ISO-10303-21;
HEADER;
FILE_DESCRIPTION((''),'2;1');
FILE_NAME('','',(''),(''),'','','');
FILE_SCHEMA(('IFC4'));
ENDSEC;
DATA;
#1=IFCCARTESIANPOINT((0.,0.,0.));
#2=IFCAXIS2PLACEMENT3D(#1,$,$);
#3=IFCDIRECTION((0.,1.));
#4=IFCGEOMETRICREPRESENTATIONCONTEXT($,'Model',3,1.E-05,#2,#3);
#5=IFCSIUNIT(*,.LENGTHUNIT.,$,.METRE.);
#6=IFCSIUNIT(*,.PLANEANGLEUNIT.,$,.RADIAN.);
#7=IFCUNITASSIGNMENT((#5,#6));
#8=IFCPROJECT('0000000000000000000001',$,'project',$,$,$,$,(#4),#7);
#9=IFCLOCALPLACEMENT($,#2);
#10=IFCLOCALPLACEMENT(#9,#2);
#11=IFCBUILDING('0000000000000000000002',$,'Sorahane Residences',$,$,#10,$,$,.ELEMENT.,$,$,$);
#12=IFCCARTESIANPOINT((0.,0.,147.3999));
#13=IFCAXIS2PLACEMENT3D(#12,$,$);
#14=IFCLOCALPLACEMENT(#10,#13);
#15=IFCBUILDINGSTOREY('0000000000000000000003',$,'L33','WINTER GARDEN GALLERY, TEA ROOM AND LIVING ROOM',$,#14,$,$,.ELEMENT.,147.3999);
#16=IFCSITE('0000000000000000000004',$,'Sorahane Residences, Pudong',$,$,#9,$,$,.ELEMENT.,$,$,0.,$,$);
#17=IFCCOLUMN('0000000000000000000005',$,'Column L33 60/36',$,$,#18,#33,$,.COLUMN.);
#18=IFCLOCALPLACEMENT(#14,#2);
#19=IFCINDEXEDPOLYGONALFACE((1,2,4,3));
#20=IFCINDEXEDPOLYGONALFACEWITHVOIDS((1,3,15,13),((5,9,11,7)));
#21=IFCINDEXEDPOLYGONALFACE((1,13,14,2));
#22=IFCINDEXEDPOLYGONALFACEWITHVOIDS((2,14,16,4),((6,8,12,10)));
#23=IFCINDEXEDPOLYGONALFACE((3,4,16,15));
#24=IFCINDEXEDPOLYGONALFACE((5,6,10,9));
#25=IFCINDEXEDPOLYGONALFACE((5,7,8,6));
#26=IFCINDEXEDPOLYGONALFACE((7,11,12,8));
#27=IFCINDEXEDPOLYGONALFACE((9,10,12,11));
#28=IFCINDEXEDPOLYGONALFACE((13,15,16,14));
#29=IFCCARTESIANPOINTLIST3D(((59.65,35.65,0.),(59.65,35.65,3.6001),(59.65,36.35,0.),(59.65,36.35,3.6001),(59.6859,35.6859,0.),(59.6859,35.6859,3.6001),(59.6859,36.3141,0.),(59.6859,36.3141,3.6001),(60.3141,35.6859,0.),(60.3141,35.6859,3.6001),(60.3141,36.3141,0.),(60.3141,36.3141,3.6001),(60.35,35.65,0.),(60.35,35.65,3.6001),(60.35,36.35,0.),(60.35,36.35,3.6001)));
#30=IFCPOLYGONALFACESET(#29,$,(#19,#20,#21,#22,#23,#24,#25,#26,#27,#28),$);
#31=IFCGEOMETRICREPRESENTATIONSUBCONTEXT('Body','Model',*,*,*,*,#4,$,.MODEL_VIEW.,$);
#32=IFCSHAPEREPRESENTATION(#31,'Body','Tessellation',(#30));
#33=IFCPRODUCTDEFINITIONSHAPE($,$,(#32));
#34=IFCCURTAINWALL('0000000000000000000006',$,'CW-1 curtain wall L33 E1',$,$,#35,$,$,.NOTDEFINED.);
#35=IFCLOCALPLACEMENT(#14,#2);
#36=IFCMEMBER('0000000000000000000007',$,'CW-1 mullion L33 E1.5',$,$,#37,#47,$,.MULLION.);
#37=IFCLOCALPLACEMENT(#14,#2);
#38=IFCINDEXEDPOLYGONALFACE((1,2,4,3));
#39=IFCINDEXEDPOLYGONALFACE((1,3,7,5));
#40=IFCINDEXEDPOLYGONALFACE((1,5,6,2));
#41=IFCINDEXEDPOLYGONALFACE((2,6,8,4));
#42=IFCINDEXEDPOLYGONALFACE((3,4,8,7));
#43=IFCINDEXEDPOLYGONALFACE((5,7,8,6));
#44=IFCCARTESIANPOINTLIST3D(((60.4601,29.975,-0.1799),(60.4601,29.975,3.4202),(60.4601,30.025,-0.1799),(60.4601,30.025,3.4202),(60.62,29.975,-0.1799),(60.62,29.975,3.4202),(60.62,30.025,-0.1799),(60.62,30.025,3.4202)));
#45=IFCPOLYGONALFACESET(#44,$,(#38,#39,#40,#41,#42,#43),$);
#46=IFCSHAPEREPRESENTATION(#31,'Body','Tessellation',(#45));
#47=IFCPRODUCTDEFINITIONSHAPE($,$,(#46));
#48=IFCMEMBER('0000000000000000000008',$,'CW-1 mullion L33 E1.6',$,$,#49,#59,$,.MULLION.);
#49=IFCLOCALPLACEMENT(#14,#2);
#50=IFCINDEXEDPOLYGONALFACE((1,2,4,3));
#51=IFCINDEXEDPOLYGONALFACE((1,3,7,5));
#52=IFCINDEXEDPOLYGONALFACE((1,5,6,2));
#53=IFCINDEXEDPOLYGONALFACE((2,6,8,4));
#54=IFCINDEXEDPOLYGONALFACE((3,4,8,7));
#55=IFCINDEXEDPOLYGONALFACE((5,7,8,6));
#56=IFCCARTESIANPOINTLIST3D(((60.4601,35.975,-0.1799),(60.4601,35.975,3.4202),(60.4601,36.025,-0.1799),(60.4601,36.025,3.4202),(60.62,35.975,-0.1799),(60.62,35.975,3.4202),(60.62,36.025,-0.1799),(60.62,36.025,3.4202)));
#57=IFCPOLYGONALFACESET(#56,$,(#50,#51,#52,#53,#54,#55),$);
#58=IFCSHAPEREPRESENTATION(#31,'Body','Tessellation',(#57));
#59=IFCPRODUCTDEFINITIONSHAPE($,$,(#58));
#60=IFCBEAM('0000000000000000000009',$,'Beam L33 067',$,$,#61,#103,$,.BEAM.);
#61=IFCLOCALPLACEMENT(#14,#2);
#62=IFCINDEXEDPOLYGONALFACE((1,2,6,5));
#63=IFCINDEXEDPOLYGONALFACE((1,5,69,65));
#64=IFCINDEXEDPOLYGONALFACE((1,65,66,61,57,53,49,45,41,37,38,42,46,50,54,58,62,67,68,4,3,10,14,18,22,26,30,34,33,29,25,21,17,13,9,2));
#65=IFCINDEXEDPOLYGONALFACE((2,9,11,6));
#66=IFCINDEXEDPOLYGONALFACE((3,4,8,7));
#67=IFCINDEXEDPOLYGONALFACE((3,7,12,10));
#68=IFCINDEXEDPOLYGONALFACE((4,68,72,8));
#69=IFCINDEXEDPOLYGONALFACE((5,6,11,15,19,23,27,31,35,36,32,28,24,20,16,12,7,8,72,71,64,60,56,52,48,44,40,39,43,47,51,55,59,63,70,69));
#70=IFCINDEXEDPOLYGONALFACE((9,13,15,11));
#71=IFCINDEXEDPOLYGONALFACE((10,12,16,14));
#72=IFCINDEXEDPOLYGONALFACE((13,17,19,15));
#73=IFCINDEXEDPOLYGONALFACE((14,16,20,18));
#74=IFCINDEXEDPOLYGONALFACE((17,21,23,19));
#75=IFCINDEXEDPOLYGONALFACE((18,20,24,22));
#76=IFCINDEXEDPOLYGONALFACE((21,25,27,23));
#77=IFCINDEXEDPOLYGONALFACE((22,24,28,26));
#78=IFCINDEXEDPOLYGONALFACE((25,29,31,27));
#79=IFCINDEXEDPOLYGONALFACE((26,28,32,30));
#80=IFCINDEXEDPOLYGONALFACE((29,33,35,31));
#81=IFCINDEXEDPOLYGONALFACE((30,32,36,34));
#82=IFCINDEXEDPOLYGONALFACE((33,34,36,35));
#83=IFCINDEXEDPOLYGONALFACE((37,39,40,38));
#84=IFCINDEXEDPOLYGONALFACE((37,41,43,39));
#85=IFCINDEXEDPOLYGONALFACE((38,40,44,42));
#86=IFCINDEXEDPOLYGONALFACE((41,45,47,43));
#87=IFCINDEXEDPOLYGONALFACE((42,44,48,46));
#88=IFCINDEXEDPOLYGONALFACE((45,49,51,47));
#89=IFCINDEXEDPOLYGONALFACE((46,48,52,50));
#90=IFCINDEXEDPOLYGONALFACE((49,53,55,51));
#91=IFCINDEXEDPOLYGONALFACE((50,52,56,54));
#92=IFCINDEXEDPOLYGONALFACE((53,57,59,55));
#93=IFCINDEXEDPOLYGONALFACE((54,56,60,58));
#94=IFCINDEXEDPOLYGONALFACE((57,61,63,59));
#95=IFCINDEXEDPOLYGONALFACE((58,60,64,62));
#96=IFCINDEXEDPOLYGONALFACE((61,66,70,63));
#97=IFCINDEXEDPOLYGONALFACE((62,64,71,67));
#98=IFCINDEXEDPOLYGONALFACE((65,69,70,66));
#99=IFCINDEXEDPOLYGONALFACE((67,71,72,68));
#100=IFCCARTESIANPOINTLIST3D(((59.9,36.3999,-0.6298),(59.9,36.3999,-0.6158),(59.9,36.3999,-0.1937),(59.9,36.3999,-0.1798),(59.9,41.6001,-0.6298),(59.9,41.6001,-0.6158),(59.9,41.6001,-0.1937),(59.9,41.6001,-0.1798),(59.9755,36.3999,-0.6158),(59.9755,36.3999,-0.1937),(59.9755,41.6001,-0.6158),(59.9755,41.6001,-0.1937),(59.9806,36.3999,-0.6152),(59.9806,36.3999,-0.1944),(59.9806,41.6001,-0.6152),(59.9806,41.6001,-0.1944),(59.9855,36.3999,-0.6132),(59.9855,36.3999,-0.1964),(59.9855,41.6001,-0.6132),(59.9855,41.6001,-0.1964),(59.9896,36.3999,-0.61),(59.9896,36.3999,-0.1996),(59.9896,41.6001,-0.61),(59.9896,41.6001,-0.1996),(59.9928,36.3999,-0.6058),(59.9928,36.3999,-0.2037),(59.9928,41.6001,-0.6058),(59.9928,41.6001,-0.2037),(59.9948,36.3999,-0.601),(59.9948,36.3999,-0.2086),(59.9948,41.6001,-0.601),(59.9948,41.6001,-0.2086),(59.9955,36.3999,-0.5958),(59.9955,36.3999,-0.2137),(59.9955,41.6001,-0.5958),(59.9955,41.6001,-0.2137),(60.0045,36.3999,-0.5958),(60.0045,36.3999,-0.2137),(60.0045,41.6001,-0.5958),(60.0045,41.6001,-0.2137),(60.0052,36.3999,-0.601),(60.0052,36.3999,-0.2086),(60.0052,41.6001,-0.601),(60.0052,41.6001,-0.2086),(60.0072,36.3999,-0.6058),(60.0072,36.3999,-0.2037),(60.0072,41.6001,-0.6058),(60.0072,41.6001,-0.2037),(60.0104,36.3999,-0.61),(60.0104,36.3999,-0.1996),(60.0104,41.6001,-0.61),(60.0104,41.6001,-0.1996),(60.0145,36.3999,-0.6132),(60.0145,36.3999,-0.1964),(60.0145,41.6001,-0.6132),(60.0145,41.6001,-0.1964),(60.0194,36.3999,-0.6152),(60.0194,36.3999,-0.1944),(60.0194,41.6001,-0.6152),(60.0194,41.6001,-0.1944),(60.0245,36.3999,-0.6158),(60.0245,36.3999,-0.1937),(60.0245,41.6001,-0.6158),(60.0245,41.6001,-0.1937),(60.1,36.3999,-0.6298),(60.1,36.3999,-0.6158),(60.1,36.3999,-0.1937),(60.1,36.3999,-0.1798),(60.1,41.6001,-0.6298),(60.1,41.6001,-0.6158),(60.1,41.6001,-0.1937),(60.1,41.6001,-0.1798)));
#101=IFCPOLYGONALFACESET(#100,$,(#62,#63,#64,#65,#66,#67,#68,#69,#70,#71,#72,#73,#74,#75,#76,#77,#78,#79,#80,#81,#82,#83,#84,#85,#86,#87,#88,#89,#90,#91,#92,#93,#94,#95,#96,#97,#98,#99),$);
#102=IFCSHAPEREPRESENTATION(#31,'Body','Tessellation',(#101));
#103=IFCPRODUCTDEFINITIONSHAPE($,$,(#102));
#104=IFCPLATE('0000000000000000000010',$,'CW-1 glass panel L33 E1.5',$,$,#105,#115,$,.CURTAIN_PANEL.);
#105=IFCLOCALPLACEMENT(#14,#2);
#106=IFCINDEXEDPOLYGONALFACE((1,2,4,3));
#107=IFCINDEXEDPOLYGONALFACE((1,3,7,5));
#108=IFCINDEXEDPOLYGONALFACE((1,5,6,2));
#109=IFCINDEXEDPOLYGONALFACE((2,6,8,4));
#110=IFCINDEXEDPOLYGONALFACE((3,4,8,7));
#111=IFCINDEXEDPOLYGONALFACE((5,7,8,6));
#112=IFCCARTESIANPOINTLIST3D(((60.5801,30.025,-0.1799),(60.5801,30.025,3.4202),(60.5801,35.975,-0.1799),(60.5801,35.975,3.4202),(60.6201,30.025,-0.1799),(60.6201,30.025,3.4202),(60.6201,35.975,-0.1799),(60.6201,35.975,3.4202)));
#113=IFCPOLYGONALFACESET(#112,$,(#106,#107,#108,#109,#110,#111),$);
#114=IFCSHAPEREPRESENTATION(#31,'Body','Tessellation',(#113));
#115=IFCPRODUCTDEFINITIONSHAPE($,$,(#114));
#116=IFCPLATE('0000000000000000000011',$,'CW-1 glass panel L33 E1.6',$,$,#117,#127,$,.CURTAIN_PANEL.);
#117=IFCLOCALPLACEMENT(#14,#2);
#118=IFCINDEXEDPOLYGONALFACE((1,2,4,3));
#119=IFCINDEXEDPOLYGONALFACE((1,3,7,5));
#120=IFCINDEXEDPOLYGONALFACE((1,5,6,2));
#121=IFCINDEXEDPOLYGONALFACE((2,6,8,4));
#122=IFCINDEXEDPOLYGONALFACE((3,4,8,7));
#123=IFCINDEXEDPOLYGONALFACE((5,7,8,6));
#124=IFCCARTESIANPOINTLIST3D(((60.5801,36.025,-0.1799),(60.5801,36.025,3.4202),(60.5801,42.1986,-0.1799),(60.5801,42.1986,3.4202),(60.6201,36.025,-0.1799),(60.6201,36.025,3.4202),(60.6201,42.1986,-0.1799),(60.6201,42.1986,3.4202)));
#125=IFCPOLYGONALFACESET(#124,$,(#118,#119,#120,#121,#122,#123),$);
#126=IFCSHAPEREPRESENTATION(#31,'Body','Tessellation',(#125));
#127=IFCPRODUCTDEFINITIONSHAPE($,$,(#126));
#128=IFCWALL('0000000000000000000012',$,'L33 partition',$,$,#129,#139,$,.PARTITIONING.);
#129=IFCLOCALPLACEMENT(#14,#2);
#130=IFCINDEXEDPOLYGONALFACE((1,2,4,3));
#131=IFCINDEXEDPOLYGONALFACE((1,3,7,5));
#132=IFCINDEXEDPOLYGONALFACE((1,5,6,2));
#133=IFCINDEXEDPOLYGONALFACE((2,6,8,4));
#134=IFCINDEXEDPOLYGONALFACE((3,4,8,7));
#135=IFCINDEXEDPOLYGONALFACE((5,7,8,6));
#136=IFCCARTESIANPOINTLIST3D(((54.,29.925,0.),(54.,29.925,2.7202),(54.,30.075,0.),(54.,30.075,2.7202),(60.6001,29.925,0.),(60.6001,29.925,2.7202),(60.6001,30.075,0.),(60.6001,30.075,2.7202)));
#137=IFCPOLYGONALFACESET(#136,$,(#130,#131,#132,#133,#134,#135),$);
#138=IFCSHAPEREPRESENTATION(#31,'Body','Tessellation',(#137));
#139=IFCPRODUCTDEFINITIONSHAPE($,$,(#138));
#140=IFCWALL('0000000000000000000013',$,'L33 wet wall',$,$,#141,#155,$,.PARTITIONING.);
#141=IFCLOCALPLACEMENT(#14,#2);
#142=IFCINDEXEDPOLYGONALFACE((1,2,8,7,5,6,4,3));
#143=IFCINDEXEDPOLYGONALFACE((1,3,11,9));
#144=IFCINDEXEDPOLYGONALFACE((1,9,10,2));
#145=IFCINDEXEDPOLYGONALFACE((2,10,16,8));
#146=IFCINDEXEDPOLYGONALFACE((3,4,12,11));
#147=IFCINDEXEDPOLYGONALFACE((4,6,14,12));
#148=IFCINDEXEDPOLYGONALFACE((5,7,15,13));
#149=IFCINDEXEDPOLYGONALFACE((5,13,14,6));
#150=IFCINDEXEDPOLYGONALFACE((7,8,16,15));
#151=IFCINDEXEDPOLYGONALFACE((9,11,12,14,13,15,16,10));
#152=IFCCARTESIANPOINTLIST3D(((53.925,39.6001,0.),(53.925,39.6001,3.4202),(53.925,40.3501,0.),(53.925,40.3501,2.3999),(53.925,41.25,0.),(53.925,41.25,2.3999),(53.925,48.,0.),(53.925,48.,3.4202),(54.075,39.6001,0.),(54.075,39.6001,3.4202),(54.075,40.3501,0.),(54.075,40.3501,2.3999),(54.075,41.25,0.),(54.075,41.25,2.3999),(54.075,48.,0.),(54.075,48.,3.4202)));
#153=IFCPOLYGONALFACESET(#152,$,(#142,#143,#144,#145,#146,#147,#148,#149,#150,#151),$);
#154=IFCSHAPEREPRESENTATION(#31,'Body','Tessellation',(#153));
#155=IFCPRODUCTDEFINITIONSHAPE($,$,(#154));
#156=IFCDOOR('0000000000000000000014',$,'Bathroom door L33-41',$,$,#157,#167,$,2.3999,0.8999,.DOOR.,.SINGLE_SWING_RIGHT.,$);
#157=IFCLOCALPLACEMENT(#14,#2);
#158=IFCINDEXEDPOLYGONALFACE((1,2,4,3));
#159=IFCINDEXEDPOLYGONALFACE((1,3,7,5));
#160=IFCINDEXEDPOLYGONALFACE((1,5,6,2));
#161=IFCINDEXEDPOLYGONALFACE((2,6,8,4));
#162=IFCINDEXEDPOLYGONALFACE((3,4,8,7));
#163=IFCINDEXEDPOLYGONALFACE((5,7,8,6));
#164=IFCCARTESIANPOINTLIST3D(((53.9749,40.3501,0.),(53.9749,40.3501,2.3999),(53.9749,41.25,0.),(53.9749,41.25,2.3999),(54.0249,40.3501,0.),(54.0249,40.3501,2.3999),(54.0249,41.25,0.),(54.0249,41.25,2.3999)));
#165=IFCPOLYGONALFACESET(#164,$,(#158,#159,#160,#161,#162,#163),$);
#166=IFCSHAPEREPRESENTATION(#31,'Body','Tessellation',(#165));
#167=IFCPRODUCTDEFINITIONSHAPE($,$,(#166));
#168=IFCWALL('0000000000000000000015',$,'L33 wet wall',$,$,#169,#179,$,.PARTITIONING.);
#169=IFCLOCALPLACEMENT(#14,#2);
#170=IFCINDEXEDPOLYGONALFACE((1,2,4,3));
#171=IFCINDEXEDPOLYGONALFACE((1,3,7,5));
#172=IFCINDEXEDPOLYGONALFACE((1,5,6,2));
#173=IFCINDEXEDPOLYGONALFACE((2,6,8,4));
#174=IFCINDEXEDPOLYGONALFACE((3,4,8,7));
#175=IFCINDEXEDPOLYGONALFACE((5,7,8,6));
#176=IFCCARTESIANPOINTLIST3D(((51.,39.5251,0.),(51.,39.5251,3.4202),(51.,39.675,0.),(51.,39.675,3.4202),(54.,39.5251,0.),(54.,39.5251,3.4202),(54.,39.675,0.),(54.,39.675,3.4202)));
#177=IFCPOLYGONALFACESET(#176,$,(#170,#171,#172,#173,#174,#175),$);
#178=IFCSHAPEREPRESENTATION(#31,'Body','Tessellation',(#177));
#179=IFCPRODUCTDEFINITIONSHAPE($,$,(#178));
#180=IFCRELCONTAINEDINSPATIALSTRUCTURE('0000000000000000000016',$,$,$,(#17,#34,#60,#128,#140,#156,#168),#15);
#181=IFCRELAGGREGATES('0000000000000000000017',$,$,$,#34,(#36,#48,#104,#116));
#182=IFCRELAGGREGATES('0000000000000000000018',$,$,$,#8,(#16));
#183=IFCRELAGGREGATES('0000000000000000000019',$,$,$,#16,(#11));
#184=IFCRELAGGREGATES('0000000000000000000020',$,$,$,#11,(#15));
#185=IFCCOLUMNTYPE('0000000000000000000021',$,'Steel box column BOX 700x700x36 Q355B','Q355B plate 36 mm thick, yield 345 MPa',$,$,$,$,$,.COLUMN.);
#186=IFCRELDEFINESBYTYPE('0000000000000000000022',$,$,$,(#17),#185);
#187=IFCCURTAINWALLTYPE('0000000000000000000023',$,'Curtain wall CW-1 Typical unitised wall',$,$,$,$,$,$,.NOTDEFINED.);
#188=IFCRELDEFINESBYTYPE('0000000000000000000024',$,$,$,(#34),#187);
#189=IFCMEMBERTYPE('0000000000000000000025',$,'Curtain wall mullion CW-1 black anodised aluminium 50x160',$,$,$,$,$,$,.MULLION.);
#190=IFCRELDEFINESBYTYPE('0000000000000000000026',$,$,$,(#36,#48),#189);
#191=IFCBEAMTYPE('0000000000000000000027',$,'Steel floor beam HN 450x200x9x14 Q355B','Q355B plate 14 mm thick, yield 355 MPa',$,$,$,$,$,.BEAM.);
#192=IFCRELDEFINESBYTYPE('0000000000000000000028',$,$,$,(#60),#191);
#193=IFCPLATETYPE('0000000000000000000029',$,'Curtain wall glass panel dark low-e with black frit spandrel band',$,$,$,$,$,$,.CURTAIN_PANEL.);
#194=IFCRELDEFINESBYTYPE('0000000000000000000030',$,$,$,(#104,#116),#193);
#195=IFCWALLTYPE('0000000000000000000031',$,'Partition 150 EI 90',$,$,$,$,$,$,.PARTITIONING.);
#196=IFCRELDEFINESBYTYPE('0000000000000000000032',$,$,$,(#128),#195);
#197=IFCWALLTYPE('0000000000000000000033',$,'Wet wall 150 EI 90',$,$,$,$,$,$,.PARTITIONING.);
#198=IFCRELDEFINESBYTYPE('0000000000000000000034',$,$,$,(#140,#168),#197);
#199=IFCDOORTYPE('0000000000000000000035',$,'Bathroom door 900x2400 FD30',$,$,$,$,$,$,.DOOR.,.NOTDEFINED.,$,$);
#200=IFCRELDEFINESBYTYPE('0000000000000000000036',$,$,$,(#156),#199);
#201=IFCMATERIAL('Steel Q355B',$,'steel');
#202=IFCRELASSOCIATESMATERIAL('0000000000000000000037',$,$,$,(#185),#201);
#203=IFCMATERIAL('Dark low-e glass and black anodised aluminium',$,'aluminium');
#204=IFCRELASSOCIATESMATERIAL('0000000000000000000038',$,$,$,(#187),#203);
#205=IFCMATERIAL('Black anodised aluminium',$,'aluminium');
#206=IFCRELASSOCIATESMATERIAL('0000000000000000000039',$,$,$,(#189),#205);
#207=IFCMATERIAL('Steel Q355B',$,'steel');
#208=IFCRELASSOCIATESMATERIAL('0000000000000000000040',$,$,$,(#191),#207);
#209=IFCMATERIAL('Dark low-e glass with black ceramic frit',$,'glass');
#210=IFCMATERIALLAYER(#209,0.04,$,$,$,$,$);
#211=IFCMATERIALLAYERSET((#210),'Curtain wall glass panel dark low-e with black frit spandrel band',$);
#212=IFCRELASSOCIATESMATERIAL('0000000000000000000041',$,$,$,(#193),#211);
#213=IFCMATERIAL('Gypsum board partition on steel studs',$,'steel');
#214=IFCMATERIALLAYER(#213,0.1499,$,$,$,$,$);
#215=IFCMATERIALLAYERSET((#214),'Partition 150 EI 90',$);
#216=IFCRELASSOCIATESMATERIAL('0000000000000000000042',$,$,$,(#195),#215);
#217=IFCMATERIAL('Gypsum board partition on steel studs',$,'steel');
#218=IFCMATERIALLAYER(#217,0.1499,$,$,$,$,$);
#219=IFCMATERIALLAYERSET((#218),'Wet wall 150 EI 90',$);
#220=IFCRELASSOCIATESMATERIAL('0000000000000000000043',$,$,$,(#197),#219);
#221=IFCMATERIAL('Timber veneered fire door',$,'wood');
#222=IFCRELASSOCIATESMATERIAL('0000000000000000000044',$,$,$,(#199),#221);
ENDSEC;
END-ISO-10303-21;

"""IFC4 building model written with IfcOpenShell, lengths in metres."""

from ifc_helpers import new_model, si_unit, direction, frame, frame_2d, origin, origin_2d, place, context, subcontext, project, spatial, rectangle, hollow_rectangle, i_section, extrude, material, layer, layer_set, material_profile, profile_set, type_object, element, fill, aggregate, save


model = new_model("IFC4")

# Units and contexts
model_context = context("Model", 3, precision=1e-05, world=origin(), true_north=direction((0.0, 1.0)))
body_context = subcontext(model_context, "Body", "Model", "MODEL_VIEW")
ifc_project = project(units=[si_unit("LENGTHUNIT", "METRE"), si_unit("PLANEANGLEUNIT", "RADIAN")], contexts=[model_context])

# Site, building, storey
site_placement = place(None, origin())
site = spatial("IfcSite", under=ifc_project, at=site_placement, Name="Sorahane Residences, Pudong", CompositionType="ELEMENT", RefElevation=0.0)
building_placement = place(site_placement, origin())
building = spatial("IfcBuilding", under=site, at=building_placement, Name="Sorahane Residences", CompositionType="ELEMENT")
storey_placement = place(building_placement, frame((0.0, 0.0, 147.3999)))
storey = spatial("IfcBuildingStorey", under=building, at=storey_placement, Name="L33", Description="WINTER GARDEN GALLERY, TEA ROOM AND LIVING ROOM", CompositionType="ELEMENT", Elevation=147.3999)

# Column
ifc_material_1 = material(Name="Steel Q355B", Category="steel")
ifc_material_profile_1 = material_profile(ifc_material_1, hollow_rectangle(XDim=0.7, YDim=0.7, WallThickness=0.0359, at=origin_2d()), Name="BOX 700x700x36")
ifc_profile_set_1 = profile_set([ifc_material_profile_1], Name="Steel Q355B")
column_type = type_object("IfcColumnType", Name="Steel box column BOX 700x700x36 Q355B", Description="Q355B plate 36 mm thick, yield 345 MPa", PredefinedType="COLUMN", material=ifc_profile_set_1)
column_placement = place(storey_placement, frame((60.0, 36.0, 0.0), z_axis=(0.0, 0.0, 1.0), x_axis=(1.0, 0.0, 0.0)))
element("IfcColumn", 1, at=column_placement, inside=storey, type_object=column_type, Name="Column L33 60/36", PredefinedType="COLUMN", context=body_context, shape_type="SweptSolid", body=[
    extrude(hollow_rectangle(XDim=0.7, YDim=0.7, WallThickness=0.0359, at=origin_2d()), origin(), (0.0, 0.0, 1.0), 3.6001),
])

# Curtain wall, members
ifc_material_2 = material(Name="Dark low-e glass and black anodised aluminium", Category="aluminium")
curtain_wall_type = type_object("IfcCurtainWallType", Name="Curtain wall CW-1 Typical unitised wall", PredefinedType="NOTDEFINED", material=ifc_material_2)
curtain_wall_placement = place(storey_placement, origin())
curtain_wall = element("IfcCurtainWall", 2, at=curtain_wall_placement, inside=storey, type_object=curtain_wall_type, Name="CW-1 curtain wall L33 E1", PredefinedType="NOTDEFINED")
ifc_material_3 = material(Name="Black anodised aluminium", Category="aluminium")
ifc_material_profile_2 = material_profile(ifc_material_3, rectangle(XDim=0.1599, YDim=0.05, at=origin_2d()), Name="Curtain wall mullion CW-1 black anodised aluminium 50x160")
ifc_profile_set_2 = profile_set([ifc_material_profile_2], Name="Black anodised aluminium")
member_type = type_object("IfcMemberType", Name="Curtain wall mullion CW-1 black anodised aluminium 50x160", PredefinedType="MULLION", material=ifc_profile_set_2)
member_1_placement = place(storey_placement, frame((60.54, 30.0, -0.1799), z_axis=(0.0, 0.0, 1.0), x_axis=(1.0, 0.0, 0.0)))
member_1 = element("IfcMember", 3, at=member_1_placement, type_object=member_type, Name="CW-1 mullion L33 E1.5", PredefinedType="MULLION", context=body_context, shape_type="SweptSolid", body=[
    extrude(rectangle(XDim=0.1599, YDim=0.05, at=origin_2d()), origin(), (0.0, 0.0, 1.0), 3.6001),
])
member_2_placement = place(storey_placement, frame((60.54, 36.0, -0.1799), z_axis=(0.0, 0.0, 1.0), x_axis=(1.0, 0.0, 0.0)))
member_2 = element("IfcMember", 4, at=member_2_placement, type_object=member_type, Name="CW-1 mullion L33 E1.6", PredefinedType="MULLION", context=body_context, shape_type="SweptSolid", body=[
    extrude(rectangle(XDim=0.1599, YDim=0.05, at=origin_2d()), origin(), (0.0, 0.0, 1.0), 3.6001),
])

# Beam
ifc_material_4 = material(Name="Steel Q355B", Category="steel")
ifc_material_profile_3 = material_profile(ifc_material_4, i_section(OverallWidth=0.2, OverallDepth=0.45, WebThickness=0.009, FlangeThickness=0.0139, FilletRadius=0.02, at=origin_2d()), Name="HN 450x200x9x14")
ifc_profile_set_3 = profile_set([ifc_material_profile_3], Name="Steel Q355B")
beam_type = type_object("IfcBeamType", Name="Steel floor beam HN 450x200x9x14 Q355B", Description="Q355B plate 14 mm thick, yield 355 MPa", PredefinedType="BEAM", material=ifc_profile_set_3)
beam_placement = place(storey_placement, frame((60.0, 36.3999, -0.4048), z_axis=(0.0, 1.0, 0.0), x_axis=(-1.0, 0.0, 0.0)))
element("IfcBeam", 5, at=beam_placement, inside=storey, type_object=beam_type, Name="Beam L33 067", PredefinedType="BEAM", context=body_context, shape_type="SweptSolid", body=[
    extrude(i_section(OverallWidth=0.2, OverallDepth=0.45, WebThickness=0.009, FlangeThickness=0.0139, FilletRadius=0.02, at=origin_2d()), origin(), (0.0, 0.0, 1.0), 5.2002),
])

# Plates
ifc_material_5 = material(Name="Dark low-e glass with black ceramic frit", Category="glass")
ifc_layer_1 = layer(ifc_material_5, 0.04)
ifc_layer_set_1 = layer_set([ifc_layer_1], Name="Curtain wall glass panel dark low-e with black frit spandrel band")
plate_type = type_object("IfcPlateType", Name="Curtain wall glass panel dark low-e with black frit spandrel band", PredefinedType="CURTAIN_PANEL", material=ifc_layer_set_1)
plate_1_placement = place(storey_placement, frame((60.6001, 33.0, -0.1799), z_axis=(0.0, 0.0, 1.0), x_axis=(0.0, 1.0, 0.0)))
plate_1 = element("IfcPlate", 6, at=plate_1_placement, type_object=plate_type, Name="CW-1 glass panel L33 E1.5", PredefinedType="CURTAIN_PANEL", context=body_context, shape_type="SweptSolid", body=[
    extrude(rectangle(XDim=5.95, YDim=0.04, at=origin_2d()), origin(), (0.0, 0.0, 1.0), 3.6001),
])
plate_2_placement = place(storey_placement, frame((60.6001, 39.1118, -0.1799), z_axis=(0.0, 0.0, 1.0), x_axis=(0.0, 1.0, 0.0)))
plate_2 = element("IfcPlate", 7, at=plate_2_placement, type_object=plate_type, Name="CW-1 glass panel L33 E1.6", PredefinedType="CURTAIN_PANEL", context=body_context, shape_type="SweptSolid", body=[
    extrude(rectangle(XDim=6.1736, YDim=0.04, at=origin_2d()), origin(), (0.0, 0.0, 1.0), 3.6001),
])
aggregate(curtain_wall, [member_1, member_2, plate_1, plate_2])

# Shared definitions
ifc_material_6 = material(Name="Gypsum board partition on steel studs", Category="steel")
ifc_layer_2 = layer(ifc_material_6, 0.1499)
ifc_layer_set_2 = layer_set([ifc_layer_2], Name="Partition 150 EI 90")
wall_type_1 = type_object("IfcWallType", Name="Partition 150 EI 90", PredefinedType="PARTITIONING", material=ifc_layer_set_2)

# Wall
wall_1_placement = place(storey_placement, frame((54.0, 30.0, 0.0), z_axis=(0.0, 0.0, 1.0), x_axis=(1.0, 0.0, 0.0)))
element("IfcWall", 8, at=wall_1_placement, inside=storey, type_object=wall_type_1, Name="L33 partition", PredefinedType="PARTITIONING", context=body_context, shape_type="SweptSolid", body=[
    extrude(rectangle(XDim=6.6001, YDim=0.1499, at=frame_2d((3.3, 0.0))), origin(), (0.0, 0.0, 1.0), 2.7202),
])

# Wall, opening, door
ifc_material_7 = material(Name="Gypsum board partition on steel studs", Category="steel")
ifc_layer_3 = layer(ifc_material_7, 0.1499)
ifc_layer_set_3 = layer_set([ifc_layer_3], Name="Wet wall 150 EI 90")
wall_type_2 = type_object("IfcWallType", Name="Wet wall 150 EI 90", PredefinedType="PARTITIONING", material=ifc_layer_set_3)
ifc_material_8 = material(Name="Timber veneered fire door", Category="wood")
door_type_1 = type_object("IfcDoorType", Name="Bathroom door 900x2400 FD30", OperationType="NOTDEFINED", PredefinedType="DOOR", material=ifc_material_8)
wall_2_placement = place(storey_placement, frame((54.0, 39.6001, 0.0), z_axis=(0.0, 0.0, 1.0), x_axis=(0.0, 1.0, 0.0)))
wall_2 = element("IfcWall", 9, at=wall_2_placement, inside=storey, type_object=wall_type_2, Name="L33 wet wall", PredefinedType="PARTITIONING", context=body_context, shape_type="SweptSolid", body=[
    extrude(rectangle(XDim=8.3999, YDim=0.1499, at=frame_2d((4.2, 0.0))), origin(), (0.0, 0.0, 1.0), 3.4202),
])
opening_1_placement = place(wall_2_placement, frame((0.75, 0.0, 0.0)))
opening_1 = element("IfcOpeningElement", 10, at=opening_1_placement, cuts=wall_2, PredefinedType="OPENING", context=body_context, shape_type="SweptSolid", body=[
    extrude(rectangle(XDim=0.8999, YDim=2.3999, at=frame_2d((0.45, 1.2))), frame((0.0, 0.085, 0.0), z_axis=(0.0, -1.0, 0.0), x_axis=(1.0, 0.0, 0.0)), (0.0, 0.0, 1.0), 0.1699),
])
door_1_placement = place(opening_1_placement, frame((0.8999, 0.0, 0.0), z_axis=(0.0, 0.0, 1.0), x_axis=(-1.0, 0.0, 0.0)))
door_1 = element("IfcDoor", 11, at=door_1_placement, inside=storey, type_object=door_type_1, Name="Bathroom door L33-41", OperationType="SINGLE_SWING_RIGHT", OverallHeight=2.3999, OverallWidth=0.8999, PredefinedType="DOOR", context=body_context, shape_type="SweptSolid", body=[
    extrude(rectangle(XDim=0.8999, YDim=2.3999, at=frame_2d((0.45, 1.2))), frame((0.0, 0.0249, 0.0), z_axis=(0.0, -1.0, 0.0), x_axis=(1.0, 0.0, 0.0)), (0.0, 0.0, 1.0), 0.05),
])
fill(opening_1, door_1)

# Wall
wall_3_placement = place(storey_placement, frame((51.0, 39.6001, 0.0), z_axis=(0.0, 0.0, 1.0), x_axis=(1.0, 0.0, 0.0)))
element("IfcWall", 12, at=wall_3_placement, inside=storey, type_object=wall_type_2, Name="L33 wet wall", PredefinedType="PARTITIONING", context=body_context, shape_type="SweptSolid", body=[
    extrude(rectangle(XDim=3.0, YDim=0.1499, at=frame_2d((1.5, 0.0))), origin(), (0.0, 0.0, 1.0), 3.4202),
])

save(model, "model.ifc")
